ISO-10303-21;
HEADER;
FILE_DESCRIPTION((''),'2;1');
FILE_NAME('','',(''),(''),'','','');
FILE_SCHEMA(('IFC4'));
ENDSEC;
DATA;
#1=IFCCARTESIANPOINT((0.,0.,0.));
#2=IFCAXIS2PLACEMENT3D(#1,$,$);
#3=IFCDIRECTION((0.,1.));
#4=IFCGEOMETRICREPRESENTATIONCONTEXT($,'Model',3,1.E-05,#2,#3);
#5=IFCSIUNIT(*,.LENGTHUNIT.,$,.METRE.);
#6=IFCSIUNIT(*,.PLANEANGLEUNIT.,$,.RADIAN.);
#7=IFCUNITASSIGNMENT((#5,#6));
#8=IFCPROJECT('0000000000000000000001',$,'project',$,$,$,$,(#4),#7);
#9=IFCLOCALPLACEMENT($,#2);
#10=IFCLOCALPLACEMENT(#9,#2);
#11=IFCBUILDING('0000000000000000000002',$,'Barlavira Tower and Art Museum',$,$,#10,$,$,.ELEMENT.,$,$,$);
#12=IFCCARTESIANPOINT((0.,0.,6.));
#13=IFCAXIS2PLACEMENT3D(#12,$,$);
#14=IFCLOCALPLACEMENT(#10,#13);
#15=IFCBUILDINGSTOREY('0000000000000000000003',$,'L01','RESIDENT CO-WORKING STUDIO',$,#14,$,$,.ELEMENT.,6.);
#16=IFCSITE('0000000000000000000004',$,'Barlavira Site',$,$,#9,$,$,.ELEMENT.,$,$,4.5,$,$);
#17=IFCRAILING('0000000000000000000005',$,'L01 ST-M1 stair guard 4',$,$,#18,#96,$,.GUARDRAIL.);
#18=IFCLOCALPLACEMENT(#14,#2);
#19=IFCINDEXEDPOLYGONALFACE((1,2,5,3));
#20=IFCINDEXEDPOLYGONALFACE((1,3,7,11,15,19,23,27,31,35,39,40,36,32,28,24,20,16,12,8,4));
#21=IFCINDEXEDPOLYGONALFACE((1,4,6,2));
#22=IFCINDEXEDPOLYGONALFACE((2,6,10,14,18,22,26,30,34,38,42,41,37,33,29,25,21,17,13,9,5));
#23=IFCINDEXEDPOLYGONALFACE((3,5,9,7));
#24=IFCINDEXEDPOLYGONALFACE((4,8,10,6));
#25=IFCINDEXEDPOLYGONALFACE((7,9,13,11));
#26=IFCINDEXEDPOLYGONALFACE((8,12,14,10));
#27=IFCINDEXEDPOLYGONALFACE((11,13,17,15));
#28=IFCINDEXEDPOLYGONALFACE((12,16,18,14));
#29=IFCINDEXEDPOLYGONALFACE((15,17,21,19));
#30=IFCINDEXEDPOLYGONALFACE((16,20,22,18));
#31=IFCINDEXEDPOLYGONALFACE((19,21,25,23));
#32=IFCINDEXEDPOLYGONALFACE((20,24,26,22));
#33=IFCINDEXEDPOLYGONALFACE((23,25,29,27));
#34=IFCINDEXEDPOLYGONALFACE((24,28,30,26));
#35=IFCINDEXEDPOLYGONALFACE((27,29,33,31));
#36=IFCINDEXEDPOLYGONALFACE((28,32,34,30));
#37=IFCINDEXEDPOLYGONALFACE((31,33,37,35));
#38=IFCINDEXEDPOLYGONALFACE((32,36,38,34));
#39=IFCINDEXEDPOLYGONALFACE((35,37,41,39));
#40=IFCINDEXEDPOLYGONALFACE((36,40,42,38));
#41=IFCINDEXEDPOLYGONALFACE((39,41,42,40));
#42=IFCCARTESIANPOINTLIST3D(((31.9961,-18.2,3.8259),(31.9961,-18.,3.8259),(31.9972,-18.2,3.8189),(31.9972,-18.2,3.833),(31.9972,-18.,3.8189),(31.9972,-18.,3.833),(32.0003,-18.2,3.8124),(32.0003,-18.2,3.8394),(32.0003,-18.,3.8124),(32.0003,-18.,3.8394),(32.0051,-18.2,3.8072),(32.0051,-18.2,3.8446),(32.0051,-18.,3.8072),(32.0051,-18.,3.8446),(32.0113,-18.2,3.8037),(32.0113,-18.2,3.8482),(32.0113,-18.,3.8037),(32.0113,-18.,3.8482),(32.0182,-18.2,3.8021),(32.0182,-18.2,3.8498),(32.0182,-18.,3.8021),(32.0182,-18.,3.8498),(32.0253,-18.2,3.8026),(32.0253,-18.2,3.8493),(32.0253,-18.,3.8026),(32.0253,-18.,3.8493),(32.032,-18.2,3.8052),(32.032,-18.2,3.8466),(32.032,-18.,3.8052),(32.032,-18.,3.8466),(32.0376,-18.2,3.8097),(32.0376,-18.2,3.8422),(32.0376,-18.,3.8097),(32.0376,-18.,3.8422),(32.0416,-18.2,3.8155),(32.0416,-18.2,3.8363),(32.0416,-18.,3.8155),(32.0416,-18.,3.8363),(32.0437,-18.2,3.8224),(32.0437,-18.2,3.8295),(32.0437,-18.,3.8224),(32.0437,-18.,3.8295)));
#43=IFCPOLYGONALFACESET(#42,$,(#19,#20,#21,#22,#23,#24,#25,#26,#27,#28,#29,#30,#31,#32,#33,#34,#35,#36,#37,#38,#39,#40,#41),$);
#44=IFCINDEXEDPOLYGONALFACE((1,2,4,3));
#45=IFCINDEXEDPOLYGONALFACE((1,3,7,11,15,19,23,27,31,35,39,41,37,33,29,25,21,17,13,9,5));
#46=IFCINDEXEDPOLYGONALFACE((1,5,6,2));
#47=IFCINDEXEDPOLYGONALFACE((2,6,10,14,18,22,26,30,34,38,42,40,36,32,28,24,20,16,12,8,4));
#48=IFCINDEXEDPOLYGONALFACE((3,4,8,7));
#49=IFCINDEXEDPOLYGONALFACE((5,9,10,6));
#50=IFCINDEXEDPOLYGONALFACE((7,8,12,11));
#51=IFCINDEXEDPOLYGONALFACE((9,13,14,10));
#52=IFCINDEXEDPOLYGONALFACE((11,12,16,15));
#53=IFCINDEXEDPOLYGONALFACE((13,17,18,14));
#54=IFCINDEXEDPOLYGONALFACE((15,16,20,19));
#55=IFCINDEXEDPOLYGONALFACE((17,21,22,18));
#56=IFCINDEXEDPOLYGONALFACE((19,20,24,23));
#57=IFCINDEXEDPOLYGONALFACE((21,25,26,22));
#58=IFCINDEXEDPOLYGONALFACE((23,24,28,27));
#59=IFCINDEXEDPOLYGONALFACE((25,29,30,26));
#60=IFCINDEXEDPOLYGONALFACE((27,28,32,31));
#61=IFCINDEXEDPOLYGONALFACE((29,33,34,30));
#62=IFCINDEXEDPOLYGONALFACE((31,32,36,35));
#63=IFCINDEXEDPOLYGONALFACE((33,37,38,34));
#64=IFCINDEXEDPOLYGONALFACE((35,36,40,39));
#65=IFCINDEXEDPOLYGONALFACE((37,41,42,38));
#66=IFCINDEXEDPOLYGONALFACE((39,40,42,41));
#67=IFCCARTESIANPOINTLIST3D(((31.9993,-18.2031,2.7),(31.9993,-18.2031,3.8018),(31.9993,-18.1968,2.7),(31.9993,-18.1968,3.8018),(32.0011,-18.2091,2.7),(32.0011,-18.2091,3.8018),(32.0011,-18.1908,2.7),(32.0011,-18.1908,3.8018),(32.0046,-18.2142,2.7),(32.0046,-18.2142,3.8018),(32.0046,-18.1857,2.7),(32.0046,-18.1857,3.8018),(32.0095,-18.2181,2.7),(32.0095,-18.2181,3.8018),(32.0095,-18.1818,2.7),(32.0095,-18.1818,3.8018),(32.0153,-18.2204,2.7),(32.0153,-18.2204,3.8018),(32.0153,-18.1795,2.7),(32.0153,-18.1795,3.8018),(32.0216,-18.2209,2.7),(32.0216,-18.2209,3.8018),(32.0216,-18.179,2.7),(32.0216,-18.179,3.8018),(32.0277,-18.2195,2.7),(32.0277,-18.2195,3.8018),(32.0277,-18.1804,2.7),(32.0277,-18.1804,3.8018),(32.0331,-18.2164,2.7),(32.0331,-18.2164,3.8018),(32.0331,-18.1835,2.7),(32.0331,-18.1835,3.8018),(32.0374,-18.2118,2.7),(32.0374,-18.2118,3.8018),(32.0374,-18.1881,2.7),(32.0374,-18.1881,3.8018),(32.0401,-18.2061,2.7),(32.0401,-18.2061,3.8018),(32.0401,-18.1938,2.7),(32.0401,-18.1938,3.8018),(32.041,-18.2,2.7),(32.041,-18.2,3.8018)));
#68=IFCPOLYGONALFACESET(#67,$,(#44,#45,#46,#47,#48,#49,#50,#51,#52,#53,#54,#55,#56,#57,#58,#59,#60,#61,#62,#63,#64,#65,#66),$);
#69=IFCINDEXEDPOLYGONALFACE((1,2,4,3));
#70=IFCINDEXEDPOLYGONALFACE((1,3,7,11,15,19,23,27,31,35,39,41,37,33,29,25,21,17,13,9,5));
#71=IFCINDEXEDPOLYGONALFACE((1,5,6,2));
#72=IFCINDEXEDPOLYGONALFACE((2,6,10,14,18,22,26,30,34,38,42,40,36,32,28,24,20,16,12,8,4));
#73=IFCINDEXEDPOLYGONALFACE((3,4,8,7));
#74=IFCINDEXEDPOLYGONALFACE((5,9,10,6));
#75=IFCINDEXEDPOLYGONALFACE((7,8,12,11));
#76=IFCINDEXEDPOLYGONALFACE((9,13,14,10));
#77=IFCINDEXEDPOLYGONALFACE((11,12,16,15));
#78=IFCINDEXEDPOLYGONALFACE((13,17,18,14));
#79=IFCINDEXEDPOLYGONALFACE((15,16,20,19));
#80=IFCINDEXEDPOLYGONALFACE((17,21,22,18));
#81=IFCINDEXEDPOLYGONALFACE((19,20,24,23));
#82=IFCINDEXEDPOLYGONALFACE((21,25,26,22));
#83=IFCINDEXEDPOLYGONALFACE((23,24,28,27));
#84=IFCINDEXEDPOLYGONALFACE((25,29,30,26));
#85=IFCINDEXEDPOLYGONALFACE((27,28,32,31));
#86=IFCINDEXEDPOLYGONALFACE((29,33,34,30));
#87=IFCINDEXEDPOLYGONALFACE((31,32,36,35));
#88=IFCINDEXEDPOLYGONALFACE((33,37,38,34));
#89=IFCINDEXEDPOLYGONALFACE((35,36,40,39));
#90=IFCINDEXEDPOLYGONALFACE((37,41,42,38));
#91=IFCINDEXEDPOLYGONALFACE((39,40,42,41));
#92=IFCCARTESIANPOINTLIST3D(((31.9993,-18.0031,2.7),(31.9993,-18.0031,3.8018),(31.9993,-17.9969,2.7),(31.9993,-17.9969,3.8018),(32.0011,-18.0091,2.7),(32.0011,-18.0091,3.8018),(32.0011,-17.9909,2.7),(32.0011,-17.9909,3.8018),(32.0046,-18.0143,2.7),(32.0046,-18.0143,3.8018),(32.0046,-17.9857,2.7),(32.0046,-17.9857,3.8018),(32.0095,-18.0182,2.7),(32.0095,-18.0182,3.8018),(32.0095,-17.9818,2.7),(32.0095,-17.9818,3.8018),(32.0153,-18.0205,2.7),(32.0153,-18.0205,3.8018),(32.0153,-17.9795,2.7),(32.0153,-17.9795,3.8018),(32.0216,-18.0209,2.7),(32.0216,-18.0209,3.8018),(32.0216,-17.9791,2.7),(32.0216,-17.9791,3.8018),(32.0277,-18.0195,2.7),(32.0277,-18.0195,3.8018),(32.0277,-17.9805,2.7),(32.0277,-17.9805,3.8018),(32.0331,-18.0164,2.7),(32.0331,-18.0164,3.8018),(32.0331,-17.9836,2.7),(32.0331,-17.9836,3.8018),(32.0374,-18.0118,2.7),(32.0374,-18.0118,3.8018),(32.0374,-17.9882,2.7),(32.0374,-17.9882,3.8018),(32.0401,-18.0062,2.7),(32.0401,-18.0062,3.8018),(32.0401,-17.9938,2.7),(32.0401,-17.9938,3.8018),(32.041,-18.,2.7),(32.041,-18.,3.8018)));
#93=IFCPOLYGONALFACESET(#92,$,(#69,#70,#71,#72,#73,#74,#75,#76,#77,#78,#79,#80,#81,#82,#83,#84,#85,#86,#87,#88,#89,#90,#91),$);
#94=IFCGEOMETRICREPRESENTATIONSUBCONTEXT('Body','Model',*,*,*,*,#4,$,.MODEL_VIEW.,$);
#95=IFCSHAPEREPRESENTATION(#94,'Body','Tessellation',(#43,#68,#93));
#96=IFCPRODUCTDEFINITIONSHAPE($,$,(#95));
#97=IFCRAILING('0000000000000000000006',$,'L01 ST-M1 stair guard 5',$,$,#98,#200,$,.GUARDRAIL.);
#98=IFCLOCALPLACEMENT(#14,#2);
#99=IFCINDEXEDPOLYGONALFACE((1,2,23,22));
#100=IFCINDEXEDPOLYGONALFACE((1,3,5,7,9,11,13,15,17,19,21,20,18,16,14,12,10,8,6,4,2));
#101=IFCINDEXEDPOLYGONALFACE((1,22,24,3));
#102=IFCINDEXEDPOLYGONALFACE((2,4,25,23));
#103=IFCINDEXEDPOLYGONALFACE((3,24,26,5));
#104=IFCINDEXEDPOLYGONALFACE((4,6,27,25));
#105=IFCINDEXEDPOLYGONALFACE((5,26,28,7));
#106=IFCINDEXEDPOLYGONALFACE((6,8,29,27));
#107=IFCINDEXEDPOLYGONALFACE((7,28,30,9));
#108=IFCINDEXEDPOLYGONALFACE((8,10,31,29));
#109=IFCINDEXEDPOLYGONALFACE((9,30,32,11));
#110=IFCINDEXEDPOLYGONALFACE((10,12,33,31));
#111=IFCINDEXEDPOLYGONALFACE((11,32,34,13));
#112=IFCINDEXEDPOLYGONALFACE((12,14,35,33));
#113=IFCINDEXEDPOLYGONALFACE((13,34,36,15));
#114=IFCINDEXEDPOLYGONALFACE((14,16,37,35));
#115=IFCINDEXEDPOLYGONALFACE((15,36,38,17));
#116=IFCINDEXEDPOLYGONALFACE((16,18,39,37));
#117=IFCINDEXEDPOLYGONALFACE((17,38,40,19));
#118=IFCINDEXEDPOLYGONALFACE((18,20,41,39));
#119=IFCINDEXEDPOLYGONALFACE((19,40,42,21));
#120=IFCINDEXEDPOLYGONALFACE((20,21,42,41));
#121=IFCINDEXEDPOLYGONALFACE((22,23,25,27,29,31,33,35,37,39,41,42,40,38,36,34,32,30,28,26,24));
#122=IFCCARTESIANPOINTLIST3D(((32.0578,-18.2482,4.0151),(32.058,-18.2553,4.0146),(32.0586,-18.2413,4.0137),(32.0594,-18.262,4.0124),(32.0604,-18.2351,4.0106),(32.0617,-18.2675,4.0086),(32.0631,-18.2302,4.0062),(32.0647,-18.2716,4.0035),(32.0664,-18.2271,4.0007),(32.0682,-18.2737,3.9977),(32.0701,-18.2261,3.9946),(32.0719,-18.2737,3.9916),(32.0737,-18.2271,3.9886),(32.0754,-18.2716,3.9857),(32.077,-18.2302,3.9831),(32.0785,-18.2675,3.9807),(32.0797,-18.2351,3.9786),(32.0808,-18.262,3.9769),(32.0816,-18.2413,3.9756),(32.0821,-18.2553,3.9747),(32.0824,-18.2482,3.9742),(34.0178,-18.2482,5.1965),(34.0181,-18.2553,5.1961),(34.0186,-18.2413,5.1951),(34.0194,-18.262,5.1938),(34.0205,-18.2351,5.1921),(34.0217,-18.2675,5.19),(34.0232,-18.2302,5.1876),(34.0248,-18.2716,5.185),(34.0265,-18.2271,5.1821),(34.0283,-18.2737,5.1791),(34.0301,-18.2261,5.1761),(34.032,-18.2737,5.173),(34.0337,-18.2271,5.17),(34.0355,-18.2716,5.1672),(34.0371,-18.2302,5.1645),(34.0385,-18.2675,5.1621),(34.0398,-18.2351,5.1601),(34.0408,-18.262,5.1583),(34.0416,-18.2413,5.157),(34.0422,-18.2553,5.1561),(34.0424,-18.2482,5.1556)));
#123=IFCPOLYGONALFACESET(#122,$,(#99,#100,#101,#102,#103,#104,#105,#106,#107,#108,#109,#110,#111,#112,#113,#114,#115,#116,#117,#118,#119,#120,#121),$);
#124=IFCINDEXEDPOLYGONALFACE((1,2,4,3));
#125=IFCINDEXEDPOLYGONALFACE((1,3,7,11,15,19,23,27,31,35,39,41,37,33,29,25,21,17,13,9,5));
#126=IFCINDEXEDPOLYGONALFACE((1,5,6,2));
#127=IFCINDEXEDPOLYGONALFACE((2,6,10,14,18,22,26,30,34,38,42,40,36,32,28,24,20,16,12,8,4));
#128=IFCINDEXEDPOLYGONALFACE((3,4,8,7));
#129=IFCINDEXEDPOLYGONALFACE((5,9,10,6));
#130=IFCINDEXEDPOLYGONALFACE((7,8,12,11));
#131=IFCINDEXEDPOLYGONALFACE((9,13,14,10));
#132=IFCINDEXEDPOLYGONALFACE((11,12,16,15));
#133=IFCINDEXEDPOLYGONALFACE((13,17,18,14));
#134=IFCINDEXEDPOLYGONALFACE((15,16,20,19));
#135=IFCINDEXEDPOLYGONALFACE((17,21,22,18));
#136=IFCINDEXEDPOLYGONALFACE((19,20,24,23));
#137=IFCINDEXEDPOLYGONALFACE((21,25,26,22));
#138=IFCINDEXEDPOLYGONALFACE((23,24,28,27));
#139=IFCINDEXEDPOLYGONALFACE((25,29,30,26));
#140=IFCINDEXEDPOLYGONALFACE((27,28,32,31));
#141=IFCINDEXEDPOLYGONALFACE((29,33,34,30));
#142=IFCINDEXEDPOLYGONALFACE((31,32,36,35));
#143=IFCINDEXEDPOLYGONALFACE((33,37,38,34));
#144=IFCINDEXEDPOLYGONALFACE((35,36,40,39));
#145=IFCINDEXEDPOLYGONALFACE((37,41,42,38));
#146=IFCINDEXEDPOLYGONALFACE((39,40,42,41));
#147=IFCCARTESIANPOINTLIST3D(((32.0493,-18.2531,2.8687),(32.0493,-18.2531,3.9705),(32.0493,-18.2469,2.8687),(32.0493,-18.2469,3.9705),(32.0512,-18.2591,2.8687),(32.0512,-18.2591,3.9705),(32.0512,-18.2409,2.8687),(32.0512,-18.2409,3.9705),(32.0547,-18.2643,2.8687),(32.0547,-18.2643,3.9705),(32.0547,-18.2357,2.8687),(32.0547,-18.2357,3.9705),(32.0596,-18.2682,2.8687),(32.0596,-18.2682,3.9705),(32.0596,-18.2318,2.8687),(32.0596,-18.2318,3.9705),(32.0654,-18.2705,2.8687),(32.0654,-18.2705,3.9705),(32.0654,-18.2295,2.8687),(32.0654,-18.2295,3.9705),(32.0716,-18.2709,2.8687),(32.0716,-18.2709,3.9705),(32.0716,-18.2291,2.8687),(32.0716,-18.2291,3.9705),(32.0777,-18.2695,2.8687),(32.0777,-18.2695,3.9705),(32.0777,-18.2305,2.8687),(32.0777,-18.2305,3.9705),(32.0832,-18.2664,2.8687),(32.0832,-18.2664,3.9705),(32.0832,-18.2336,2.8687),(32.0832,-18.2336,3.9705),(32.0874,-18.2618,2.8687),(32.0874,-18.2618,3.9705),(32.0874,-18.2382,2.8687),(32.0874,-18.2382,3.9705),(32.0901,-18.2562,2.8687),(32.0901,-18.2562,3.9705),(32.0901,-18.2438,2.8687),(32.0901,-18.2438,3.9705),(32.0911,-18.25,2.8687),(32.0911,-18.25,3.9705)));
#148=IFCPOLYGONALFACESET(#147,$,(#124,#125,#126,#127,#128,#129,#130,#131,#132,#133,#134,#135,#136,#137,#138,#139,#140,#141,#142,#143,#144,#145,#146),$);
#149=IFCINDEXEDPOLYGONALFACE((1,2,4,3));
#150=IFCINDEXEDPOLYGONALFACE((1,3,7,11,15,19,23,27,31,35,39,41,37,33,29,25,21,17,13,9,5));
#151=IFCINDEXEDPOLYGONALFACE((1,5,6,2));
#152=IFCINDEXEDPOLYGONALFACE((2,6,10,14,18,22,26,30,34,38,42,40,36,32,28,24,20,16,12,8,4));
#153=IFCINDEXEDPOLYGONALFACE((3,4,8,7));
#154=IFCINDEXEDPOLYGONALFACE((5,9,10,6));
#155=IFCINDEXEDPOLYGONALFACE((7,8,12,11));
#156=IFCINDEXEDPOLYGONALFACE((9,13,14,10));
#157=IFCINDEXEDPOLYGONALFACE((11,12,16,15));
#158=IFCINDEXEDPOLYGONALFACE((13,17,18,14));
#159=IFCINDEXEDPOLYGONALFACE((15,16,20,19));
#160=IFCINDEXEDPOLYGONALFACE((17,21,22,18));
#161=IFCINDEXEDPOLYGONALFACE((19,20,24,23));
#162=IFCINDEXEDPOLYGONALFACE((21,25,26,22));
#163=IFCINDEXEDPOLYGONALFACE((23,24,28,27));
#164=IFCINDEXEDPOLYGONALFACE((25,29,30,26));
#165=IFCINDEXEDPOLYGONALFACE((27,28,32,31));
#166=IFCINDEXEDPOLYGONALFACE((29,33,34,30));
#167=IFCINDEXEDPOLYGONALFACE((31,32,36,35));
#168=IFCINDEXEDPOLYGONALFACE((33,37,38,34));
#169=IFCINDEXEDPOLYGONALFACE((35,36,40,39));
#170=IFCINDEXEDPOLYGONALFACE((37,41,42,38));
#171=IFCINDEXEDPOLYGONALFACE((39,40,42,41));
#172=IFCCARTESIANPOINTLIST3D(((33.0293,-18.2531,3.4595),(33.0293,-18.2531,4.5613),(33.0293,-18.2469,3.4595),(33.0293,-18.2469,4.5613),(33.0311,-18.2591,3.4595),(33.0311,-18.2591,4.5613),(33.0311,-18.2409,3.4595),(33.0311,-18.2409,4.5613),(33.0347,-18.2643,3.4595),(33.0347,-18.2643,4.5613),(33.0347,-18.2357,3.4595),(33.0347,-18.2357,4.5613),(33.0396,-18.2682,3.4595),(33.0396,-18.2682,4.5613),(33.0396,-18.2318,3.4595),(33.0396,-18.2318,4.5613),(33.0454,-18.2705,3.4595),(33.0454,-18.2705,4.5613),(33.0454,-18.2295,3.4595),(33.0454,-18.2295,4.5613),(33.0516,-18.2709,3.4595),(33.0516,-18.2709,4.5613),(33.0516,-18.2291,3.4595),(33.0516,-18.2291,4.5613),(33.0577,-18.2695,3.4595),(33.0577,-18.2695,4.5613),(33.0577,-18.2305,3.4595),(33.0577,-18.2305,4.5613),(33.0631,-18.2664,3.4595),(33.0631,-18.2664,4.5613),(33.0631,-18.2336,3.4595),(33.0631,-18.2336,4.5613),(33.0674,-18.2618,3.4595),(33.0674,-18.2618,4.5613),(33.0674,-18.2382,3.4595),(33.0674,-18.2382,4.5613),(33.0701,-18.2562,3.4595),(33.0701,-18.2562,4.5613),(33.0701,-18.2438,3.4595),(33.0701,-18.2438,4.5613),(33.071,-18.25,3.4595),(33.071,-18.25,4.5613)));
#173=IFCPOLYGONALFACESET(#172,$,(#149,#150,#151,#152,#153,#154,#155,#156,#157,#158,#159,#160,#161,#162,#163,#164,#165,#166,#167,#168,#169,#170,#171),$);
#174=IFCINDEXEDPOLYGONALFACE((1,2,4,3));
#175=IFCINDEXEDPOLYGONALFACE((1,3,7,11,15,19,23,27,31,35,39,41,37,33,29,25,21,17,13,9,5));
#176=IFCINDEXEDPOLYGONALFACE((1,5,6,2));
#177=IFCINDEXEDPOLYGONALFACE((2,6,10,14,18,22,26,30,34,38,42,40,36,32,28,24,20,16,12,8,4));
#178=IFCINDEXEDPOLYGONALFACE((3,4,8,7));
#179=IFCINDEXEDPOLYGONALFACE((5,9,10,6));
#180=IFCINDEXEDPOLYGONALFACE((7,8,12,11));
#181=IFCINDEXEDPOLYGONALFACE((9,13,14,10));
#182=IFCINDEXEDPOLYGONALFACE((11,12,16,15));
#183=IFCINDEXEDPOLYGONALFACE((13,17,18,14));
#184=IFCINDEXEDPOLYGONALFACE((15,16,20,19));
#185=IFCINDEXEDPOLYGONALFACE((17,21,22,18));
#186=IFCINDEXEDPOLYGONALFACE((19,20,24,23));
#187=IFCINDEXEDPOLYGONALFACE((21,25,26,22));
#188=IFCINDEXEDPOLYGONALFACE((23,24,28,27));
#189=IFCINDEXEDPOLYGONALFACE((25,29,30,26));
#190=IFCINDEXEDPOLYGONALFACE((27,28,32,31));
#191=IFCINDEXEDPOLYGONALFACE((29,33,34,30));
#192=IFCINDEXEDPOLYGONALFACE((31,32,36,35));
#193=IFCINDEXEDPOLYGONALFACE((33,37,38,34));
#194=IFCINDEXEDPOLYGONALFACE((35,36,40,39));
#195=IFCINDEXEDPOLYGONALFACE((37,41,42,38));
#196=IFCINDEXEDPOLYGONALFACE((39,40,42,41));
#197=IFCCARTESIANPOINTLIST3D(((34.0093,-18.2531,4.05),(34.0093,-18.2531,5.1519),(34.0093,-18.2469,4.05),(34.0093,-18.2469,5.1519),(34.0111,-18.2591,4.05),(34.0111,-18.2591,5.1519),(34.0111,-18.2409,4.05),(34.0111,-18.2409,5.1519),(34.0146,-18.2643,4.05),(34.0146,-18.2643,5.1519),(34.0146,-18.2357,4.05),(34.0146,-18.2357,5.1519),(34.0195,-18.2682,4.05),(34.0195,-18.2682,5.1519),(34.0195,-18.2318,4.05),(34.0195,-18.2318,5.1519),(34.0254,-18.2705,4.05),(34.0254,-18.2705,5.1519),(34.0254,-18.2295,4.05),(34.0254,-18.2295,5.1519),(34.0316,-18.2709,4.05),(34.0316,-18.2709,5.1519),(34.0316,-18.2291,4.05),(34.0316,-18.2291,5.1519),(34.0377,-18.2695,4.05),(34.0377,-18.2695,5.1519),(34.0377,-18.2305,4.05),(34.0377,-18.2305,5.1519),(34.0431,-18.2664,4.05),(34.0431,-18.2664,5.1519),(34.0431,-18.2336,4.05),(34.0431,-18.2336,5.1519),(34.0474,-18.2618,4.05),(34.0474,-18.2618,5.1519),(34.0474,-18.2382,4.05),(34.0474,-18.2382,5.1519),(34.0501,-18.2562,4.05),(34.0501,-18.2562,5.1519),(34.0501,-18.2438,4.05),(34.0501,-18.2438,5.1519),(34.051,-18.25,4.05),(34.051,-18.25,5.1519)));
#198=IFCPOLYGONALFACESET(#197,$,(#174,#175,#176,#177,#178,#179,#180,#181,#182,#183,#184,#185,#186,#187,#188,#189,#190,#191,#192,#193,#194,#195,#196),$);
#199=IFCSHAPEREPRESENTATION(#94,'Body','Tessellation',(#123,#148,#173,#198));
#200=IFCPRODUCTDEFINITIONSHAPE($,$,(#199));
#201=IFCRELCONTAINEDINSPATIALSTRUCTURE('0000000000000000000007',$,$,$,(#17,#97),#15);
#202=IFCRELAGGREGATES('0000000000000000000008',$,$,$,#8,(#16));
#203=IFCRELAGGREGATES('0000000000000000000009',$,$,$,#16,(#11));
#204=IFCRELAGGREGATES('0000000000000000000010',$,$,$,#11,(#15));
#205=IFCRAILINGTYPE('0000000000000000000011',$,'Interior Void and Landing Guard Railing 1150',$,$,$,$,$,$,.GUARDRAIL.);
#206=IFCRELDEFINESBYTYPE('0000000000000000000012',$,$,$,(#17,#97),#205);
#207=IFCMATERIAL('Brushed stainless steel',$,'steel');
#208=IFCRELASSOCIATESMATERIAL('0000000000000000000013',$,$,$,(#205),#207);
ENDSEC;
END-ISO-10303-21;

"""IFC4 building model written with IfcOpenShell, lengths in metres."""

from ifc_helpers import new_model, si_unit, direction, frame, origin, origin_2d, place, context, subcontext, project, spatial, circle, extrude, material, type_object, element, save


model = new_model("IFC4")

# Units and contexts
model_context = context("Model", 3, precision=1e-05, world=origin(), true_north=direction((0.0, 1.0)))
body_context = subcontext(model_context, "Body", "Model", "MODEL_VIEW")
ifc_project = project(units=[si_unit("LENGTHUNIT", "METRE"), si_unit("PLANEANGLEUNIT", "RADIAN")], contexts=[model_context])

# Site, building, storey
site_placement = place(None, origin())
site = spatial("IfcSite", under=ifc_project, at=site_placement, Name="Barlavira Site", CompositionType="ELEMENT", RefElevation=4.5)
building_placement = place(site_placement, origin())
building = spatial("IfcBuilding", under=site, at=building_placement, Name="Barlavira Tower and Art Museum", CompositionType="ELEMENT")
storey_placement = place(building_placement, frame((0.0, 0.0, 6.0)))
storey = spatial("IfcBuildingStorey", under=building, at=storey_placement, Name="L01", Description="RESIDENT CO-WORKING STUDIO", CompositionType="ELEMENT", Elevation=6.0)

# Shared definitions
ifc_material_1 = material(Name="Brushed stainless steel", Category="steel")

# Railings
railing_type_1 = type_object("IfcRailingType", Name="Interior Void and Landing Guard Railing 1150", PredefinedType="GUARDRAIL", material=ifc_material_1)
railing_1_placement = place(storey_placement, frame((32.02, -18.2, 2.7)))
element("IfcRailing", 1, at=railing_1_placement, inside=storey, type_object=railing_type_1, Name="L01 ST-M1 stair guard 4", PredefinedType="GUARDRAIL", context=body_context, shape_type="SweptSolid", body=[
    extrude(circle(Radius=0.0239, at=origin_2d()), frame((0.0, 0.0, 1.126), z_axis=(0.0, 1.0, 0.0), x_axis=(-1.0, 0.0, 0.0)), (0.0, 0.0, 1.0), 0.2),
    extrude(circle(Radius=0.021, at=origin_2d()), origin(), (0.0, 0.0, 1.0), 1.1018),
    extrude(circle(Radius=0.021, at=origin_2d()), frame((0.0, 0.2, 0.0)), (0.0, 0.0, 1.0), 1.1018),
])
railing_2_placement = place(storey_placement, frame((32.0701, -18.25, 2.8687)))
element("IfcRailing", 2, at=railing_2_placement, inside=storey, type_object=railing_type_1, Name="L01 ST-M1 stair guard 5", PredefinedType="GUARDRAIL", context=body_context, shape_type="SweptSolid", body=[
    extrude(circle(Radius=0.0239, at=origin_2d()), frame((0.0, 0.0, 1.126), z_axis=(0.856446, 0.0, 0.516236), x_axis=(0.0, 1.0, 0.0)), (0.0, 0.0, 1.0), 2.2886),
    extrude(circle(Radius=0.021, at=origin_2d()), origin(), (0.0, 0.0, 1.0), 1.1018),
    extrude(circle(Radius=0.021, at=origin_2d()), frame((0.98, 0.0, 0.5908)), (0.0, 0.0, 1.0), 1.1018),
    extrude(circle(Radius=0.021, at=origin_2d()), frame((1.96, 0.0, 1.1814)), (0.0, 0.0, 1.0), 1.1018),
])

save(model, "model.ifc")
